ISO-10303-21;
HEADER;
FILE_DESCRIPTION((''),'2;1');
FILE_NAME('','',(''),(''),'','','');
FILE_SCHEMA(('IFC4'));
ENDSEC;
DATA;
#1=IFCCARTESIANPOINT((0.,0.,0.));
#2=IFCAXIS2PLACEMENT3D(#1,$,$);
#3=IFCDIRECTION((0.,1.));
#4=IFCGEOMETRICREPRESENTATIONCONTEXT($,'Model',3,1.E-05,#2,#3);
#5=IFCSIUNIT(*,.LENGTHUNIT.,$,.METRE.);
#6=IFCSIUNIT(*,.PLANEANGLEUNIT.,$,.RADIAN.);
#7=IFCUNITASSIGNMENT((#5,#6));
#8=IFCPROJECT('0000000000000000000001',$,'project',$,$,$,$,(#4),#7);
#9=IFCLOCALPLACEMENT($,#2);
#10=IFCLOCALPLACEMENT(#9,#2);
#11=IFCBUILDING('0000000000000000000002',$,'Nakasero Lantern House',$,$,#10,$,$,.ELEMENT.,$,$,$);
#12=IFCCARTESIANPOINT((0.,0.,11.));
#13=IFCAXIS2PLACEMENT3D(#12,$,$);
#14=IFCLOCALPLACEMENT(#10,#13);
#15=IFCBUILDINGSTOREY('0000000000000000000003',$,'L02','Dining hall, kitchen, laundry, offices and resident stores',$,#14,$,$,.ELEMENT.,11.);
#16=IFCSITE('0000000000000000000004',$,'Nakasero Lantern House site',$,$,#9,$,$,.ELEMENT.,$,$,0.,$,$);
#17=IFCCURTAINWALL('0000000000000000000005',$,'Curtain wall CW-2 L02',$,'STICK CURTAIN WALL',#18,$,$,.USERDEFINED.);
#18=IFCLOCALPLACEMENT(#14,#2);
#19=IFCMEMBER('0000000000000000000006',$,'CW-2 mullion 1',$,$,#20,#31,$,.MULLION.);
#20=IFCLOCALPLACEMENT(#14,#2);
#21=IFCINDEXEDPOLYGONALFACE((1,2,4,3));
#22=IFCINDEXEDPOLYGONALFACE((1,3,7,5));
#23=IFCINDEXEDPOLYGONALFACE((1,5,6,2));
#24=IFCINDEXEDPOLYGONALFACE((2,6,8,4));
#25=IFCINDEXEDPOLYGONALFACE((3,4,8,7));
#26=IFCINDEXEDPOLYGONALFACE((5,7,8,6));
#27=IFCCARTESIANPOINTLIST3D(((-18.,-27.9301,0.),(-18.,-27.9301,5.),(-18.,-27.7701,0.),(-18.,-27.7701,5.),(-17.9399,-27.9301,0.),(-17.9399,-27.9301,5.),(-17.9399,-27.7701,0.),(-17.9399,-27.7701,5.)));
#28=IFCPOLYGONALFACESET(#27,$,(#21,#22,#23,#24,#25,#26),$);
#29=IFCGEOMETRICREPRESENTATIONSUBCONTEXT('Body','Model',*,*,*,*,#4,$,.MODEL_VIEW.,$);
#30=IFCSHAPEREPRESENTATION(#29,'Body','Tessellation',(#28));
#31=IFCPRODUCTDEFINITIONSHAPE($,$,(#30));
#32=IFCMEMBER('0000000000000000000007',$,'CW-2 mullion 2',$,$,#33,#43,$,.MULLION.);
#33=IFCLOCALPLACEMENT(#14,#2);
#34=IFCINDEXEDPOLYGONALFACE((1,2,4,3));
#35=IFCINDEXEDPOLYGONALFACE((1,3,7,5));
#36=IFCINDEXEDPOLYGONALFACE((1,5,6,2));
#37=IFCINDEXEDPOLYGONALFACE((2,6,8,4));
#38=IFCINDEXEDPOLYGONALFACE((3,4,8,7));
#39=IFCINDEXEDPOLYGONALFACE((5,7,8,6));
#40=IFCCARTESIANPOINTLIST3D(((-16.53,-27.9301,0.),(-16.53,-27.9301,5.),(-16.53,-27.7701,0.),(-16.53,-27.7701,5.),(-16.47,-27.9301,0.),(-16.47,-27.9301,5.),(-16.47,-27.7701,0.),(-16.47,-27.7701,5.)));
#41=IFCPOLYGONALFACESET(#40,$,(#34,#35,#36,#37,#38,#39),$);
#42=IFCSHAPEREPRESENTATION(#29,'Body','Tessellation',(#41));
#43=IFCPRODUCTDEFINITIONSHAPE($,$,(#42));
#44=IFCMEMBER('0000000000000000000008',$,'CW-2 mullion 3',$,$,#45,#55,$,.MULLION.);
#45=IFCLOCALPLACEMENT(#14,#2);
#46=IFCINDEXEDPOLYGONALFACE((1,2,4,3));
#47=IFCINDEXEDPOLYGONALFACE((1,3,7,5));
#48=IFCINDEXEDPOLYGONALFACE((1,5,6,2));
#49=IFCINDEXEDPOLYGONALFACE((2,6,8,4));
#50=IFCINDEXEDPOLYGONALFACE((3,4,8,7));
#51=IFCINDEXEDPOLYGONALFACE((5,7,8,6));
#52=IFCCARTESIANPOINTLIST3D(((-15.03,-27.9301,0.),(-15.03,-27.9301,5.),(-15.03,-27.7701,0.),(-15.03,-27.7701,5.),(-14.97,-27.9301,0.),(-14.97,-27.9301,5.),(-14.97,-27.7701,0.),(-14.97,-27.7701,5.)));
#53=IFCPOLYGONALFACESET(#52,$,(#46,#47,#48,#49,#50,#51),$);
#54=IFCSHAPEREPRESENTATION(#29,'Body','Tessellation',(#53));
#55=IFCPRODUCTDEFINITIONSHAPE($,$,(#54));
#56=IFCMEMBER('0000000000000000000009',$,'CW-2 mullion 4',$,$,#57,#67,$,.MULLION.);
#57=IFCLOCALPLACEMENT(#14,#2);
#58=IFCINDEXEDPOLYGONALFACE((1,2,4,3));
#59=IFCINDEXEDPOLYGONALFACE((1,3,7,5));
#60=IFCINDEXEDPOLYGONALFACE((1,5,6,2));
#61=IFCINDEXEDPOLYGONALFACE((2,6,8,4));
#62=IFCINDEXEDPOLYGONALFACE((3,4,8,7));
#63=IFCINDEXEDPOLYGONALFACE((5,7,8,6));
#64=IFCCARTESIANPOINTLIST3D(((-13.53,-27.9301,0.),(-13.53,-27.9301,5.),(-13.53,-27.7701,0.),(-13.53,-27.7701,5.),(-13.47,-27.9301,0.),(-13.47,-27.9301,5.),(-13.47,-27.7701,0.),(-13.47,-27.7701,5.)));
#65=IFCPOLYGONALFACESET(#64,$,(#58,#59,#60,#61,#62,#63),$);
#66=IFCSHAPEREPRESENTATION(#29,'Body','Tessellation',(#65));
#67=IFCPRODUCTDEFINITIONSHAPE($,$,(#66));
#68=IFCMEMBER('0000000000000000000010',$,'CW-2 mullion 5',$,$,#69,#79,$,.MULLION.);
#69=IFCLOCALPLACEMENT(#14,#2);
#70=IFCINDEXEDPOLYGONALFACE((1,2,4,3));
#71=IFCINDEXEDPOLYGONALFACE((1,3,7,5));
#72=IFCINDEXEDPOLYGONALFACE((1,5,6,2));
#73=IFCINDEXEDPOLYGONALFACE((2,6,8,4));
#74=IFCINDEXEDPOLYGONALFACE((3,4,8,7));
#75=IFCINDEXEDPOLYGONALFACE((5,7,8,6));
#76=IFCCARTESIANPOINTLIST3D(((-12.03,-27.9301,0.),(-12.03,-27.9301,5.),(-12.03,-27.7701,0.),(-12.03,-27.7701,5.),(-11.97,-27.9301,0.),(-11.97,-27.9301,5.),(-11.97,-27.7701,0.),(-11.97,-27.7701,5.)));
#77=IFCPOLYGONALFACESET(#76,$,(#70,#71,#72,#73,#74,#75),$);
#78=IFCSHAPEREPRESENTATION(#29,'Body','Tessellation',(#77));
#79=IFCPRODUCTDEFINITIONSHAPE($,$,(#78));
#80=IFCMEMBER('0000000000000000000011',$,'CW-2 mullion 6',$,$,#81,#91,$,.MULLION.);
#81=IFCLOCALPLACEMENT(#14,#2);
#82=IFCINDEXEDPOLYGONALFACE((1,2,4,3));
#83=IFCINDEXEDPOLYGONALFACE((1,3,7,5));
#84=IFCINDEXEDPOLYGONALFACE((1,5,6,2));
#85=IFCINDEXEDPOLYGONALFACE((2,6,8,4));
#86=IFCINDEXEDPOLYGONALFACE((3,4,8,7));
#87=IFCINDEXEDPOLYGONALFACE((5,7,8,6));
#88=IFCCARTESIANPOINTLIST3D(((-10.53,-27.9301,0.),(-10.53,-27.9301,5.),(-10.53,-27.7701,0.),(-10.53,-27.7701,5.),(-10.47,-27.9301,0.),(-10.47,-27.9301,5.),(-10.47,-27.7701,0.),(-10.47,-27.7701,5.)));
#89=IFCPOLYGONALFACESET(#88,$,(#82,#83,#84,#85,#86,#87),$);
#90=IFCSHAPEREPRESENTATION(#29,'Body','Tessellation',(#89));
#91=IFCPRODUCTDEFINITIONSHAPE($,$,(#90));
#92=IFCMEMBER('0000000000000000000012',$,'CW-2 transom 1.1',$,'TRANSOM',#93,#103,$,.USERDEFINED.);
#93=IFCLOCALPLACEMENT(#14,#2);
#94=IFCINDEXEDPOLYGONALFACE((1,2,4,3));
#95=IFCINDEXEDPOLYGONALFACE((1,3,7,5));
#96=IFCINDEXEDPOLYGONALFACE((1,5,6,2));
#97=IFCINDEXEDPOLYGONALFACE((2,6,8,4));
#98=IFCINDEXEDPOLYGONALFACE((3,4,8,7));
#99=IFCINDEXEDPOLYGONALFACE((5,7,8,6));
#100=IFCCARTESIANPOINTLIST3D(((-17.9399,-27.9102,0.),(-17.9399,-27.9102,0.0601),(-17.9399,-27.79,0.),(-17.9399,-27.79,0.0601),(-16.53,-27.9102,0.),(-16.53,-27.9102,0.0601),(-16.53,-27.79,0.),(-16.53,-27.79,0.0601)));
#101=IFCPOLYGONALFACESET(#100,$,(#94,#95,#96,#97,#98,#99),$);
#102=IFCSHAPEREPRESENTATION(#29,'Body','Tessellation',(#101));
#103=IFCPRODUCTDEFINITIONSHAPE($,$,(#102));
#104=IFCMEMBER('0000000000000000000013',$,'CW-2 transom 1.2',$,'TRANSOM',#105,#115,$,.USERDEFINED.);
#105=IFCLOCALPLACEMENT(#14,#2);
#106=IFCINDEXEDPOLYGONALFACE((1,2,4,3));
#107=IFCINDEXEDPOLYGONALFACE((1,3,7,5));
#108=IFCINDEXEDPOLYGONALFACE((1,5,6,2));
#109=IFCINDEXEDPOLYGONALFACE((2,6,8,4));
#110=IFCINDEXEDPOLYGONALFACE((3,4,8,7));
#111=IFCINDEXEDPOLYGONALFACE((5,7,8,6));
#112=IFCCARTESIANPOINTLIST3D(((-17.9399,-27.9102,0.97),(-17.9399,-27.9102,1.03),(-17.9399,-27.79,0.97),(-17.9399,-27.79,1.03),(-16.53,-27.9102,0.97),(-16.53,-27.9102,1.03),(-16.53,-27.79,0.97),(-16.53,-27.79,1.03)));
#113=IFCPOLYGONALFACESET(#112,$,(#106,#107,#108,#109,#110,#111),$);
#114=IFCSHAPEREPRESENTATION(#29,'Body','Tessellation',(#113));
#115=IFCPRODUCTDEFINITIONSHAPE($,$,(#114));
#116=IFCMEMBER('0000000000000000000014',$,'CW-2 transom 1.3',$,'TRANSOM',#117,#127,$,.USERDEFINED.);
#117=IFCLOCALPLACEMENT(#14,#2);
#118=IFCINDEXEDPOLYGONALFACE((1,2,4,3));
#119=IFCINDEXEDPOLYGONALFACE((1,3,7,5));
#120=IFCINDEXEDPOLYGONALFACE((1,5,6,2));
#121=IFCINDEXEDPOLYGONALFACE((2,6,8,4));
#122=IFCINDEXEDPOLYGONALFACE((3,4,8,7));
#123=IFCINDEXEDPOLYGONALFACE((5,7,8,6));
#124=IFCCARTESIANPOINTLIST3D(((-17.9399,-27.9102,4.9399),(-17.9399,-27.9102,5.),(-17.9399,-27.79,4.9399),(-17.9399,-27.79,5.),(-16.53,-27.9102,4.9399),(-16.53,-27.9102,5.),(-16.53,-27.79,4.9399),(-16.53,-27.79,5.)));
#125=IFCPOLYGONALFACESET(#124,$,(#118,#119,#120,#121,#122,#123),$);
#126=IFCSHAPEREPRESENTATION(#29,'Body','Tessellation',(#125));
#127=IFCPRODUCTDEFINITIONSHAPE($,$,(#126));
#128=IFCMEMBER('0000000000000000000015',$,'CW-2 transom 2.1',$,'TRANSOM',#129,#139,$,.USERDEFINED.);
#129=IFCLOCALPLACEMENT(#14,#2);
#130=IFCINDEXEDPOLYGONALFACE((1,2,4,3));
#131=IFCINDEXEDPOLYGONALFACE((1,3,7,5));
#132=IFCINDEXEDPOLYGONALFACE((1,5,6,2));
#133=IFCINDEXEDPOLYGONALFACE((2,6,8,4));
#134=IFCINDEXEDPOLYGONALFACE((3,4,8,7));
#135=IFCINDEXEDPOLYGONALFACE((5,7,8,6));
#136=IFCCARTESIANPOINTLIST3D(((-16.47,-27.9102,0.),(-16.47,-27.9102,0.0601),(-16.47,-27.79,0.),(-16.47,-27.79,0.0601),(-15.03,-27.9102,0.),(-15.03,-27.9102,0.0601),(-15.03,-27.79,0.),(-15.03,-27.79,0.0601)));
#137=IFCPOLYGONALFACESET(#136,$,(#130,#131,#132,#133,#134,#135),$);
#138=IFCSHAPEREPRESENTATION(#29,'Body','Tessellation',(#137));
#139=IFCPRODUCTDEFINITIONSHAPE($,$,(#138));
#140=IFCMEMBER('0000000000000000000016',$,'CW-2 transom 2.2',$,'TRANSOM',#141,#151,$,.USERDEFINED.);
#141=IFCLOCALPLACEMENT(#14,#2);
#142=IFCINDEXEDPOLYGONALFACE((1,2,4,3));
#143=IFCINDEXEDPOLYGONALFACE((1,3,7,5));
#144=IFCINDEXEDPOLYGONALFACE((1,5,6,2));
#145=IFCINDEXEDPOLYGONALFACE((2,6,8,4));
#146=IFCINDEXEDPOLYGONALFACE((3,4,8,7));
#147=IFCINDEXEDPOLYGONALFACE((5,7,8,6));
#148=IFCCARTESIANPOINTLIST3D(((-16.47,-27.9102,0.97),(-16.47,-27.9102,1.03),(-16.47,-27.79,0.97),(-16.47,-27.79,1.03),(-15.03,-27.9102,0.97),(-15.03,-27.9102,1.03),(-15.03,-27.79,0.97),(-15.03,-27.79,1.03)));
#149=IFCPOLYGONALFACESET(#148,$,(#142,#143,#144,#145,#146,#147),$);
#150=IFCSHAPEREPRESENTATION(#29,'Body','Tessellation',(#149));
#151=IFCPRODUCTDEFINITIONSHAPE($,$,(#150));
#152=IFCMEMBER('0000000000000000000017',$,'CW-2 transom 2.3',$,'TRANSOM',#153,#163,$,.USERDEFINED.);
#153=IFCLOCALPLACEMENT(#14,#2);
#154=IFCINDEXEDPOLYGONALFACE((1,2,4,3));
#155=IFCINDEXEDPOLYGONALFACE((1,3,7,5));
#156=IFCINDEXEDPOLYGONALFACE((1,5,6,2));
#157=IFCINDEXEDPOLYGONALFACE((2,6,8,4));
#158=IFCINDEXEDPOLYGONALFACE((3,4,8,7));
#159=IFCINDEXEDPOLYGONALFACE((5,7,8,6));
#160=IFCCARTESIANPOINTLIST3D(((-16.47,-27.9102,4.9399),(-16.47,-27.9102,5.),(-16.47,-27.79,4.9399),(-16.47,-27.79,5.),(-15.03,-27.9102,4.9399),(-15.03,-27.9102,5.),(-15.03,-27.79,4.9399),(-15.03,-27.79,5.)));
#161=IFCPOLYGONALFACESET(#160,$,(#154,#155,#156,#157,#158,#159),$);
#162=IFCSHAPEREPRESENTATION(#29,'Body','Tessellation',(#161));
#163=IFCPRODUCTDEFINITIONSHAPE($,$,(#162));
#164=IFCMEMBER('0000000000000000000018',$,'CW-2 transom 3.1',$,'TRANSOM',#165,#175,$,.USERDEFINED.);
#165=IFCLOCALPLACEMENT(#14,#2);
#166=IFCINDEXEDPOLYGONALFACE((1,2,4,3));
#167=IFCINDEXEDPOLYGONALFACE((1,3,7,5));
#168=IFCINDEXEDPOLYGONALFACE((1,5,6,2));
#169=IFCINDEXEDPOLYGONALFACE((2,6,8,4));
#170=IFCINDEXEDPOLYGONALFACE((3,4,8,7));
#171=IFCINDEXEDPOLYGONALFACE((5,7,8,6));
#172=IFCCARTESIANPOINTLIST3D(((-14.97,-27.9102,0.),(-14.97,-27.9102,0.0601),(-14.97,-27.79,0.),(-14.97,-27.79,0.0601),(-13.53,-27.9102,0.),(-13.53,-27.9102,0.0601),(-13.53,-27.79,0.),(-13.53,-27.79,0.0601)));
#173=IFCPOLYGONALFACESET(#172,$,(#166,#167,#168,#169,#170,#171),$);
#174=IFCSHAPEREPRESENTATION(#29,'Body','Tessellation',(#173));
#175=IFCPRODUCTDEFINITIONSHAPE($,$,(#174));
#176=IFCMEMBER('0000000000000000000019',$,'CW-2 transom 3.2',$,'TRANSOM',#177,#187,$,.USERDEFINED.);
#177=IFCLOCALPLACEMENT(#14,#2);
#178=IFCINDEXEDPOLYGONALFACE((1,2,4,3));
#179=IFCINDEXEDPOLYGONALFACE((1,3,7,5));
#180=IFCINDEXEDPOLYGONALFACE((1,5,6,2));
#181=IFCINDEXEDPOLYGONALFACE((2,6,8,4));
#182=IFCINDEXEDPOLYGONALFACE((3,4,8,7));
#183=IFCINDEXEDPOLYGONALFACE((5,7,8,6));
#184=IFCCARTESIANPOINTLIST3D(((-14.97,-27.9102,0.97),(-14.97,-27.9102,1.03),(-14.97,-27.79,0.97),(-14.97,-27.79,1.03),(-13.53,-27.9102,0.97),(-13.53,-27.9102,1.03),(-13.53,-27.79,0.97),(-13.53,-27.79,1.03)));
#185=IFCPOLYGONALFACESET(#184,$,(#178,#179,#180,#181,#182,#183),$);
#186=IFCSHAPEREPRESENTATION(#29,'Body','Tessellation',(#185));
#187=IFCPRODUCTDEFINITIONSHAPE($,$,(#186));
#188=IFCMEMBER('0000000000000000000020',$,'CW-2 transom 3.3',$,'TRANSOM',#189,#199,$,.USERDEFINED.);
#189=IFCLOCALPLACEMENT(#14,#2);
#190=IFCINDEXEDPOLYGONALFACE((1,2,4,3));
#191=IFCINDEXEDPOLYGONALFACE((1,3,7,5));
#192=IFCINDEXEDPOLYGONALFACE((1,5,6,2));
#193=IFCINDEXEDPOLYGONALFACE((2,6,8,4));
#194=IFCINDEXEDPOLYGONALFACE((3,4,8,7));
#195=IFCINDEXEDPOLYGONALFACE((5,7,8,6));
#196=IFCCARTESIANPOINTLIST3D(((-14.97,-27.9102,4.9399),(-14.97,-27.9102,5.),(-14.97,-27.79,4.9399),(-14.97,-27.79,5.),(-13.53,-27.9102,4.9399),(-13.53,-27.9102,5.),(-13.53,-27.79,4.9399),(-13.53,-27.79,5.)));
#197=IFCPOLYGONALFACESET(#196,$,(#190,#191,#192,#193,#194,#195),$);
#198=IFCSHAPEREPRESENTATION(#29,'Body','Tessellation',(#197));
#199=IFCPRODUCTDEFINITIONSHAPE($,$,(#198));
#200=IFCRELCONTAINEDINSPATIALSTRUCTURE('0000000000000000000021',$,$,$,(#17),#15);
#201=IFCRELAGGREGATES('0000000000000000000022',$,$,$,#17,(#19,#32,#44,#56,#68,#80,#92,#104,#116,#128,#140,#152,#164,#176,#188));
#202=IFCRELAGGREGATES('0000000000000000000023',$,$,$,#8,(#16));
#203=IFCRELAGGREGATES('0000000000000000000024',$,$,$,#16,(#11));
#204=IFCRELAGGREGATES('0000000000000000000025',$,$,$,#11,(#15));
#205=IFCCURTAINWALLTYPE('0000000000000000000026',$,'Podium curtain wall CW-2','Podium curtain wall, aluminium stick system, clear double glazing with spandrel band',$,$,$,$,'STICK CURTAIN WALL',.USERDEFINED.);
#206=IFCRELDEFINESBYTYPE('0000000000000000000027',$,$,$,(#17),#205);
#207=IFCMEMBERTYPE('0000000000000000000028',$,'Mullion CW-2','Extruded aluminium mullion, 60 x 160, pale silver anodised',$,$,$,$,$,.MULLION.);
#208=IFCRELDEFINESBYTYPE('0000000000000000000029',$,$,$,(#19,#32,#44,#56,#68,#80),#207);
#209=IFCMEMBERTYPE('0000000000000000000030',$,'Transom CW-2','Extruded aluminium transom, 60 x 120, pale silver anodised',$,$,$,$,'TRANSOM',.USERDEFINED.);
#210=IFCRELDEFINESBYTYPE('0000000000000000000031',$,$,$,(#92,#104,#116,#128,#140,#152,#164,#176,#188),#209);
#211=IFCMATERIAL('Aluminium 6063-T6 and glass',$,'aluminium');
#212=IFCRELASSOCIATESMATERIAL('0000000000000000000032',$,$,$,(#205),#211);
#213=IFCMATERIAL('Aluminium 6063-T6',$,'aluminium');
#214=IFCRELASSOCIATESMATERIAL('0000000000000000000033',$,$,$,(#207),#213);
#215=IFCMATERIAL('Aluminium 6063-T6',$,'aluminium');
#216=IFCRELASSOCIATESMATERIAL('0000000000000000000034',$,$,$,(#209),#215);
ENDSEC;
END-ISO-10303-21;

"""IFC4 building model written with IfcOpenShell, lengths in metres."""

from ifc_helpers import new_model, si_unit, direction, frame, origin, origin_2d, place, context, subcontext, project, spatial, rectangle, extrude, material, material_profile, profile_set, type_object, element, aggregate, save


model = new_model("IFC4")

# Units and contexts
model_context = context("Model", 3, precision=1e-05, world=origin(), true_north=direction((0.0, 1.0)))
body_context = subcontext(model_context, "Body", "Model", "MODEL_VIEW")
ifc_project = project(units=[si_unit("LENGTHUNIT", "METRE"), si_unit("PLANEANGLEUNIT", "RADIAN")], contexts=[model_context])

# Site, building, storey
site_placement = place(None, origin())
site = spatial("IfcSite", under=ifc_project, at=site_placement, Name="Nakasero Lantern House site", CompositionType="ELEMENT", RefElevation=0.0)
building_placement = place(site_placement, origin())
building = spatial("IfcBuilding", under=site, at=building_placement, Name="Nakasero Lantern House", CompositionType="ELEMENT")
storey_placement = place(building_placement, frame((0.0, 0.0, 11.0)))
storey = spatial("IfcBuildingStorey", under=building, at=storey_placement, Name="L02", Description="Dining hall, kitchen, laundry, offices and resident stores", CompositionType="ELEMENT", Elevation=11.0)

# Curtain wall, members
ifc_material_1 = material(Name="Aluminium 6063-T6 and glass", Category="aluminium")
curtain_wall_type = type_object("IfcCurtainWallType", Name="Podium curtain wall CW-2", Description="Podium curtain wall, aluminium stick system, clear double glazing with spandrel band", ElementType="STICK CURTAIN WALL", PredefinedType="USERDEFINED", material=ifc_material_1)
curtain_wall_placement = place(storey_placement, origin())
curtain_wall = element("IfcCurtainWall", 1, at=curtain_wall_placement, inside=storey, type_object=curtain_wall_type, Name="Curtain wall CW-2 L02", ObjectType="STICK CURTAIN WALL", PredefinedType="USERDEFINED")
ifc_material_2 = material(Name="Aluminium 6063-T6", Category="aluminium")
ifc_material_profile_1 = material_profile(ifc_material_2, rectangle(XDim=0.0601, YDim=0.1599, at=origin_2d()), Name="CW-2 mullion 60x160")
ifc_profile_set_1 = profile_set([ifc_material_profile_1], Name="Aluminium 6063-T6")
member_type_1 = type_object("IfcMemberType", Name="Mullion CW-2", Description="Extruded aluminium mullion, 60 x 160, pale silver anodised", PredefinedType="MULLION", material=ifc_profile_set_1)
member_1_placement = place(storey_placement, frame((-17.97, -27.8501, 0.0), z_axis=(0.0, 0.0, 1.0), x_axis=(1.0, 0.0, 0.0)))
member_1 = element("IfcMember", 2, at=member_1_placement, type_object=member_type_1, Name="CW-2 mullion 1", PredefinedType="MULLION", context=body_context, shape_type="SweptSolid", body=[
    extrude(rectangle(XDim=0.0601, YDim=0.1599, at=origin_2d()), origin(), (0.0, 0.0, 1.0), 5.0),
])
member_2_placement = place(storey_placement, frame((-16.5, -27.8501, 0.0), z_axis=(0.0, 0.0, 1.0), x_axis=(1.0, 0.0, 0.0)))
member_2 = element("IfcMember", 3, at=member_2_placement, type_object=member_type_1, Name="CW-2 mullion 2", PredefinedType="MULLION", context=body_context, shape_type="SweptSolid", body=[
    extrude(rectangle(XDim=0.0601, YDim=0.1599, at=origin_2d()), origin(), (0.0, 0.0, 1.0), 5.0),
])
member_3_placement = place(storey_placement, frame((-15.0, -27.8501, 0.0), z_axis=(0.0, 0.0, 1.0), x_axis=(1.0, 0.0, 0.0)))
member_3 = element("IfcMember", 4, at=member_3_placement, type_object=member_type_1, Name="CW-2 mullion 3", PredefinedType="MULLION", context=body_context, shape_type="SweptSolid", body=[
    extrude(rectangle(XDim=0.0601, YDim=0.1599, at=origin_2d()), origin(), (0.0, 0.0, 1.0), 5.0),
])
member_4_placement = place(storey_placement, frame((-13.5, -27.8501, 0.0), z_axis=(0.0, 0.0, 1.0), x_axis=(1.0, 0.0, 0.0)))
member_4 = element("IfcMember", 5, at=member_4_placement, type_object=member_type_1, Name="CW-2 mullion 4", PredefinedType="MULLION", context=body_context, shape_type="SweptSolid", body=[
    extrude(rectangle(XDim=0.0601, YDim=0.1599, at=origin_2d()), origin(), (0.0, 0.0, 1.0), 5.0),
])
member_5_placement = place(storey_placement, frame((-12.0, -27.8501, 0.0), z_axis=(0.0, 0.0, 1.0), x_axis=(1.0, 0.0, 0.0)))
member_5 = element("IfcMember", 6, at=member_5_placement, type_object=member_type_1, Name="CW-2 mullion 5", PredefinedType="MULLION", context=body_context, shape_type="SweptSolid", body=[
    extrude(rectangle(XDim=0.0601, YDim=0.1599, at=origin_2d()), origin(), (0.0, 0.0, 1.0), 5.0),
])
member_6_placement = place(storey_placement, frame((-10.5, -27.8501, 0.0), z_axis=(0.0, 0.0, 1.0), x_axis=(1.0, 0.0, 0.0)))
member_6 = element("IfcMember", 7, at=member_6_placement, type_object=member_type_1, Name="CW-2 mullion 6", PredefinedType="MULLION", context=body_context, shape_type="SweptSolid", body=[
    extrude(rectangle(XDim=0.0601, YDim=0.1599, at=origin_2d()), origin(), (0.0, 0.0, 1.0), 5.0),
])
ifc_material_3 = material(Name="Aluminium 6063-T6", Category="aluminium")
ifc_material_profile_2 = material_profile(ifc_material_3, rectangle(XDim=0.0601, YDim=0.1201, at=origin_2d()), Name="CW-2 transom 60x120")
ifc_profile_set_2 = profile_set([ifc_material_profile_2], Name="Aluminium 6063-T6")
member_type_2 = type_object("IfcMemberType", Name="Transom CW-2", Description="Extruded aluminium transom, 60 x 120, pale silver anodised", ElementType="TRANSOM", PredefinedType="USERDEFINED", material=ifc_profile_set_2)
member_7_placement = place(storey_placement, frame((-17.9399, -27.8501, 0.03), z_axis=(1.0, 0.0, 0.0), x_axis=(0.0, 0.0, 1.0)))
member_7 = element("IfcMember", 8, at=member_7_placement, type_object=member_type_2, Name="CW-2 transom 1.1", ObjectType="TRANSOM", PredefinedType="USERDEFINED", context=body_context, shape_type="SweptSolid", body=[
    extrude(rectangle(XDim=0.0601, YDim=0.1201, at=origin_2d()), origin(), (0.0, 0.0, 1.0), 1.4099),
])
member_8_placement = place(storey_placement, frame((-17.9399, -27.8501, 1.0), z_axis=(1.0, 0.0, 0.0), x_axis=(0.0, 0.0, 1.0)))
member_8 = element("IfcMember", 9, at=member_8_placement, type_object=member_type_2, Name="CW-2 transom 1.2", ObjectType="TRANSOM", PredefinedType="USERDEFINED", context=body_context, shape_type="SweptSolid", body=[
    extrude(rectangle(XDim=0.0601, YDim=0.1201, at=origin_2d()), origin(), (0.0, 0.0, 1.0), 1.4099),
])
member_9_placement = place(storey_placement, frame((-17.9399, -27.8501, 4.97), z_axis=(1.0, 0.0, 0.0), x_axis=(0.0, 0.0, 1.0)))
member_9 = element("IfcMember", 10, at=member_9_placement, type_object=member_type_2, Name="CW-2 transom 1.3", ObjectType="TRANSOM", PredefinedType="USERDEFINED", context=body_context, shape_type="SweptSolid", body=[
    extrude(rectangle(XDim=0.0601, YDim=0.1201, at=origin_2d()), origin(), (0.0, 0.0, 1.0), 1.4099),
])
member_10_placement = place(storey_placement, frame((-16.47, -27.8501, 0.03), z_axis=(1.0, 0.0, 0.0), x_axis=(0.0, 0.0, 1.0)))
member_10 = element("IfcMember", 11, at=member_10_placement, type_object=member_type_2, Name="CW-2 transom 2.1", ObjectType="TRANSOM", PredefinedType="USERDEFINED", context=body_context, shape_type="SweptSolid", body=[
    extrude(rectangle(XDim=0.0601, YDim=0.1201, at=origin_2d()), origin(), (0.0, 0.0, 1.0), 1.4399),
])
member_11_placement = place(storey_placement, frame((-16.47, -27.8501, 1.0), z_axis=(1.0, 0.0, 0.0), x_axis=(0.0, 0.0, 1.0)))
member_11 = element("IfcMember", 12, at=member_11_placement, type_object=member_type_2, Name="CW-2 transom 2.2", ObjectType="TRANSOM", PredefinedType="USERDEFINED", context=body_context, shape_type="SweptSolid", body=[
    extrude(rectangle(XDim=0.0601, YDim=0.1201, at=origin_2d()), origin(), (0.0, 0.0, 1.0), 1.4399),
])
member_12_placement = place(storey_placement, frame((-16.47, -27.8501, 4.97), z_axis=(1.0, 0.0, 0.0), x_axis=(0.0, 0.0, 1.0)))
member_12 = element("IfcMember", 13, at=member_12_placement, type_object=member_type_2, Name="CW-2 transom 2.3", ObjectType="TRANSOM", PredefinedType="USERDEFINED", context=body_context, shape_type="SweptSolid", body=[
    extrude(rectangle(XDim=0.0601, YDim=0.1201, at=origin_2d()), origin(), (0.0, 0.0, 1.0), 1.4399),
])
member_13_placement = place(storey_placement, frame((-14.97, -27.8501, 0.03), z_axis=(1.0, 0.0, 0.0), x_axis=(0.0, 0.0, 1.0)))
member_13 = element("IfcMember", 14, at=member_13_placement, type_object=member_type_2, Name="CW-2 transom 3.1", ObjectType="TRANSOM", PredefinedType="USERDEFINED", context=body_context, shape_type="SweptSolid", body=[
    extrude(rectangle(XDim=0.0601, YDim=0.1201, at=origin_2d()), origin(), (0.0, 0.0, 1.0), 1.4399),
])
member_14_placement = place(storey_placement, frame((-14.97, -27.8501, 1.0), z_axis=(1.0, 0.0, 0.0), x_axis=(0.0, 0.0, 1.0)))
member_14 = element("IfcMember", 15, at=member_14_placement, type_object=member_type_2, Name="CW-2 transom 3.2", ObjectType="TRANSOM", PredefinedType="USERDEFINED", context=body_context, shape_type="SweptSolid", body=[
    extrude(rectangle(XDim=0.0601, YDim=0.1201, at=origin_2d()), origin(), (0.0, 0.0, 1.0), 1.4399),
])
member_15_placement = place(storey_placement, frame((-14.97, -27.8501, 4.97), z_axis=(1.0, 0.0, 0.0), x_axis=(0.0, 0.0, 1.0)))
member_15 = element("IfcMember", 16, at=member_15_placement, type_object=member_type_2, Name="CW-2 transom 3.3", ObjectType="TRANSOM", PredefinedType="USERDEFINED", context=body_context, shape_type="SweptSolid", body=[
    extrude(rectangle(XDim=0.0601, YDim=0.1201, at=origin_2d()), origin(), (0.0, 0.0, 1.0), 1.4399),
])
aggregate(curtain_wall, [member_1, member_2, member_3, member_4, member_5, member_6, member_7, member_8, member_9, member_10, member_11, member_12, member_13, member_14, member_15])

save(model, "model.ifc")
